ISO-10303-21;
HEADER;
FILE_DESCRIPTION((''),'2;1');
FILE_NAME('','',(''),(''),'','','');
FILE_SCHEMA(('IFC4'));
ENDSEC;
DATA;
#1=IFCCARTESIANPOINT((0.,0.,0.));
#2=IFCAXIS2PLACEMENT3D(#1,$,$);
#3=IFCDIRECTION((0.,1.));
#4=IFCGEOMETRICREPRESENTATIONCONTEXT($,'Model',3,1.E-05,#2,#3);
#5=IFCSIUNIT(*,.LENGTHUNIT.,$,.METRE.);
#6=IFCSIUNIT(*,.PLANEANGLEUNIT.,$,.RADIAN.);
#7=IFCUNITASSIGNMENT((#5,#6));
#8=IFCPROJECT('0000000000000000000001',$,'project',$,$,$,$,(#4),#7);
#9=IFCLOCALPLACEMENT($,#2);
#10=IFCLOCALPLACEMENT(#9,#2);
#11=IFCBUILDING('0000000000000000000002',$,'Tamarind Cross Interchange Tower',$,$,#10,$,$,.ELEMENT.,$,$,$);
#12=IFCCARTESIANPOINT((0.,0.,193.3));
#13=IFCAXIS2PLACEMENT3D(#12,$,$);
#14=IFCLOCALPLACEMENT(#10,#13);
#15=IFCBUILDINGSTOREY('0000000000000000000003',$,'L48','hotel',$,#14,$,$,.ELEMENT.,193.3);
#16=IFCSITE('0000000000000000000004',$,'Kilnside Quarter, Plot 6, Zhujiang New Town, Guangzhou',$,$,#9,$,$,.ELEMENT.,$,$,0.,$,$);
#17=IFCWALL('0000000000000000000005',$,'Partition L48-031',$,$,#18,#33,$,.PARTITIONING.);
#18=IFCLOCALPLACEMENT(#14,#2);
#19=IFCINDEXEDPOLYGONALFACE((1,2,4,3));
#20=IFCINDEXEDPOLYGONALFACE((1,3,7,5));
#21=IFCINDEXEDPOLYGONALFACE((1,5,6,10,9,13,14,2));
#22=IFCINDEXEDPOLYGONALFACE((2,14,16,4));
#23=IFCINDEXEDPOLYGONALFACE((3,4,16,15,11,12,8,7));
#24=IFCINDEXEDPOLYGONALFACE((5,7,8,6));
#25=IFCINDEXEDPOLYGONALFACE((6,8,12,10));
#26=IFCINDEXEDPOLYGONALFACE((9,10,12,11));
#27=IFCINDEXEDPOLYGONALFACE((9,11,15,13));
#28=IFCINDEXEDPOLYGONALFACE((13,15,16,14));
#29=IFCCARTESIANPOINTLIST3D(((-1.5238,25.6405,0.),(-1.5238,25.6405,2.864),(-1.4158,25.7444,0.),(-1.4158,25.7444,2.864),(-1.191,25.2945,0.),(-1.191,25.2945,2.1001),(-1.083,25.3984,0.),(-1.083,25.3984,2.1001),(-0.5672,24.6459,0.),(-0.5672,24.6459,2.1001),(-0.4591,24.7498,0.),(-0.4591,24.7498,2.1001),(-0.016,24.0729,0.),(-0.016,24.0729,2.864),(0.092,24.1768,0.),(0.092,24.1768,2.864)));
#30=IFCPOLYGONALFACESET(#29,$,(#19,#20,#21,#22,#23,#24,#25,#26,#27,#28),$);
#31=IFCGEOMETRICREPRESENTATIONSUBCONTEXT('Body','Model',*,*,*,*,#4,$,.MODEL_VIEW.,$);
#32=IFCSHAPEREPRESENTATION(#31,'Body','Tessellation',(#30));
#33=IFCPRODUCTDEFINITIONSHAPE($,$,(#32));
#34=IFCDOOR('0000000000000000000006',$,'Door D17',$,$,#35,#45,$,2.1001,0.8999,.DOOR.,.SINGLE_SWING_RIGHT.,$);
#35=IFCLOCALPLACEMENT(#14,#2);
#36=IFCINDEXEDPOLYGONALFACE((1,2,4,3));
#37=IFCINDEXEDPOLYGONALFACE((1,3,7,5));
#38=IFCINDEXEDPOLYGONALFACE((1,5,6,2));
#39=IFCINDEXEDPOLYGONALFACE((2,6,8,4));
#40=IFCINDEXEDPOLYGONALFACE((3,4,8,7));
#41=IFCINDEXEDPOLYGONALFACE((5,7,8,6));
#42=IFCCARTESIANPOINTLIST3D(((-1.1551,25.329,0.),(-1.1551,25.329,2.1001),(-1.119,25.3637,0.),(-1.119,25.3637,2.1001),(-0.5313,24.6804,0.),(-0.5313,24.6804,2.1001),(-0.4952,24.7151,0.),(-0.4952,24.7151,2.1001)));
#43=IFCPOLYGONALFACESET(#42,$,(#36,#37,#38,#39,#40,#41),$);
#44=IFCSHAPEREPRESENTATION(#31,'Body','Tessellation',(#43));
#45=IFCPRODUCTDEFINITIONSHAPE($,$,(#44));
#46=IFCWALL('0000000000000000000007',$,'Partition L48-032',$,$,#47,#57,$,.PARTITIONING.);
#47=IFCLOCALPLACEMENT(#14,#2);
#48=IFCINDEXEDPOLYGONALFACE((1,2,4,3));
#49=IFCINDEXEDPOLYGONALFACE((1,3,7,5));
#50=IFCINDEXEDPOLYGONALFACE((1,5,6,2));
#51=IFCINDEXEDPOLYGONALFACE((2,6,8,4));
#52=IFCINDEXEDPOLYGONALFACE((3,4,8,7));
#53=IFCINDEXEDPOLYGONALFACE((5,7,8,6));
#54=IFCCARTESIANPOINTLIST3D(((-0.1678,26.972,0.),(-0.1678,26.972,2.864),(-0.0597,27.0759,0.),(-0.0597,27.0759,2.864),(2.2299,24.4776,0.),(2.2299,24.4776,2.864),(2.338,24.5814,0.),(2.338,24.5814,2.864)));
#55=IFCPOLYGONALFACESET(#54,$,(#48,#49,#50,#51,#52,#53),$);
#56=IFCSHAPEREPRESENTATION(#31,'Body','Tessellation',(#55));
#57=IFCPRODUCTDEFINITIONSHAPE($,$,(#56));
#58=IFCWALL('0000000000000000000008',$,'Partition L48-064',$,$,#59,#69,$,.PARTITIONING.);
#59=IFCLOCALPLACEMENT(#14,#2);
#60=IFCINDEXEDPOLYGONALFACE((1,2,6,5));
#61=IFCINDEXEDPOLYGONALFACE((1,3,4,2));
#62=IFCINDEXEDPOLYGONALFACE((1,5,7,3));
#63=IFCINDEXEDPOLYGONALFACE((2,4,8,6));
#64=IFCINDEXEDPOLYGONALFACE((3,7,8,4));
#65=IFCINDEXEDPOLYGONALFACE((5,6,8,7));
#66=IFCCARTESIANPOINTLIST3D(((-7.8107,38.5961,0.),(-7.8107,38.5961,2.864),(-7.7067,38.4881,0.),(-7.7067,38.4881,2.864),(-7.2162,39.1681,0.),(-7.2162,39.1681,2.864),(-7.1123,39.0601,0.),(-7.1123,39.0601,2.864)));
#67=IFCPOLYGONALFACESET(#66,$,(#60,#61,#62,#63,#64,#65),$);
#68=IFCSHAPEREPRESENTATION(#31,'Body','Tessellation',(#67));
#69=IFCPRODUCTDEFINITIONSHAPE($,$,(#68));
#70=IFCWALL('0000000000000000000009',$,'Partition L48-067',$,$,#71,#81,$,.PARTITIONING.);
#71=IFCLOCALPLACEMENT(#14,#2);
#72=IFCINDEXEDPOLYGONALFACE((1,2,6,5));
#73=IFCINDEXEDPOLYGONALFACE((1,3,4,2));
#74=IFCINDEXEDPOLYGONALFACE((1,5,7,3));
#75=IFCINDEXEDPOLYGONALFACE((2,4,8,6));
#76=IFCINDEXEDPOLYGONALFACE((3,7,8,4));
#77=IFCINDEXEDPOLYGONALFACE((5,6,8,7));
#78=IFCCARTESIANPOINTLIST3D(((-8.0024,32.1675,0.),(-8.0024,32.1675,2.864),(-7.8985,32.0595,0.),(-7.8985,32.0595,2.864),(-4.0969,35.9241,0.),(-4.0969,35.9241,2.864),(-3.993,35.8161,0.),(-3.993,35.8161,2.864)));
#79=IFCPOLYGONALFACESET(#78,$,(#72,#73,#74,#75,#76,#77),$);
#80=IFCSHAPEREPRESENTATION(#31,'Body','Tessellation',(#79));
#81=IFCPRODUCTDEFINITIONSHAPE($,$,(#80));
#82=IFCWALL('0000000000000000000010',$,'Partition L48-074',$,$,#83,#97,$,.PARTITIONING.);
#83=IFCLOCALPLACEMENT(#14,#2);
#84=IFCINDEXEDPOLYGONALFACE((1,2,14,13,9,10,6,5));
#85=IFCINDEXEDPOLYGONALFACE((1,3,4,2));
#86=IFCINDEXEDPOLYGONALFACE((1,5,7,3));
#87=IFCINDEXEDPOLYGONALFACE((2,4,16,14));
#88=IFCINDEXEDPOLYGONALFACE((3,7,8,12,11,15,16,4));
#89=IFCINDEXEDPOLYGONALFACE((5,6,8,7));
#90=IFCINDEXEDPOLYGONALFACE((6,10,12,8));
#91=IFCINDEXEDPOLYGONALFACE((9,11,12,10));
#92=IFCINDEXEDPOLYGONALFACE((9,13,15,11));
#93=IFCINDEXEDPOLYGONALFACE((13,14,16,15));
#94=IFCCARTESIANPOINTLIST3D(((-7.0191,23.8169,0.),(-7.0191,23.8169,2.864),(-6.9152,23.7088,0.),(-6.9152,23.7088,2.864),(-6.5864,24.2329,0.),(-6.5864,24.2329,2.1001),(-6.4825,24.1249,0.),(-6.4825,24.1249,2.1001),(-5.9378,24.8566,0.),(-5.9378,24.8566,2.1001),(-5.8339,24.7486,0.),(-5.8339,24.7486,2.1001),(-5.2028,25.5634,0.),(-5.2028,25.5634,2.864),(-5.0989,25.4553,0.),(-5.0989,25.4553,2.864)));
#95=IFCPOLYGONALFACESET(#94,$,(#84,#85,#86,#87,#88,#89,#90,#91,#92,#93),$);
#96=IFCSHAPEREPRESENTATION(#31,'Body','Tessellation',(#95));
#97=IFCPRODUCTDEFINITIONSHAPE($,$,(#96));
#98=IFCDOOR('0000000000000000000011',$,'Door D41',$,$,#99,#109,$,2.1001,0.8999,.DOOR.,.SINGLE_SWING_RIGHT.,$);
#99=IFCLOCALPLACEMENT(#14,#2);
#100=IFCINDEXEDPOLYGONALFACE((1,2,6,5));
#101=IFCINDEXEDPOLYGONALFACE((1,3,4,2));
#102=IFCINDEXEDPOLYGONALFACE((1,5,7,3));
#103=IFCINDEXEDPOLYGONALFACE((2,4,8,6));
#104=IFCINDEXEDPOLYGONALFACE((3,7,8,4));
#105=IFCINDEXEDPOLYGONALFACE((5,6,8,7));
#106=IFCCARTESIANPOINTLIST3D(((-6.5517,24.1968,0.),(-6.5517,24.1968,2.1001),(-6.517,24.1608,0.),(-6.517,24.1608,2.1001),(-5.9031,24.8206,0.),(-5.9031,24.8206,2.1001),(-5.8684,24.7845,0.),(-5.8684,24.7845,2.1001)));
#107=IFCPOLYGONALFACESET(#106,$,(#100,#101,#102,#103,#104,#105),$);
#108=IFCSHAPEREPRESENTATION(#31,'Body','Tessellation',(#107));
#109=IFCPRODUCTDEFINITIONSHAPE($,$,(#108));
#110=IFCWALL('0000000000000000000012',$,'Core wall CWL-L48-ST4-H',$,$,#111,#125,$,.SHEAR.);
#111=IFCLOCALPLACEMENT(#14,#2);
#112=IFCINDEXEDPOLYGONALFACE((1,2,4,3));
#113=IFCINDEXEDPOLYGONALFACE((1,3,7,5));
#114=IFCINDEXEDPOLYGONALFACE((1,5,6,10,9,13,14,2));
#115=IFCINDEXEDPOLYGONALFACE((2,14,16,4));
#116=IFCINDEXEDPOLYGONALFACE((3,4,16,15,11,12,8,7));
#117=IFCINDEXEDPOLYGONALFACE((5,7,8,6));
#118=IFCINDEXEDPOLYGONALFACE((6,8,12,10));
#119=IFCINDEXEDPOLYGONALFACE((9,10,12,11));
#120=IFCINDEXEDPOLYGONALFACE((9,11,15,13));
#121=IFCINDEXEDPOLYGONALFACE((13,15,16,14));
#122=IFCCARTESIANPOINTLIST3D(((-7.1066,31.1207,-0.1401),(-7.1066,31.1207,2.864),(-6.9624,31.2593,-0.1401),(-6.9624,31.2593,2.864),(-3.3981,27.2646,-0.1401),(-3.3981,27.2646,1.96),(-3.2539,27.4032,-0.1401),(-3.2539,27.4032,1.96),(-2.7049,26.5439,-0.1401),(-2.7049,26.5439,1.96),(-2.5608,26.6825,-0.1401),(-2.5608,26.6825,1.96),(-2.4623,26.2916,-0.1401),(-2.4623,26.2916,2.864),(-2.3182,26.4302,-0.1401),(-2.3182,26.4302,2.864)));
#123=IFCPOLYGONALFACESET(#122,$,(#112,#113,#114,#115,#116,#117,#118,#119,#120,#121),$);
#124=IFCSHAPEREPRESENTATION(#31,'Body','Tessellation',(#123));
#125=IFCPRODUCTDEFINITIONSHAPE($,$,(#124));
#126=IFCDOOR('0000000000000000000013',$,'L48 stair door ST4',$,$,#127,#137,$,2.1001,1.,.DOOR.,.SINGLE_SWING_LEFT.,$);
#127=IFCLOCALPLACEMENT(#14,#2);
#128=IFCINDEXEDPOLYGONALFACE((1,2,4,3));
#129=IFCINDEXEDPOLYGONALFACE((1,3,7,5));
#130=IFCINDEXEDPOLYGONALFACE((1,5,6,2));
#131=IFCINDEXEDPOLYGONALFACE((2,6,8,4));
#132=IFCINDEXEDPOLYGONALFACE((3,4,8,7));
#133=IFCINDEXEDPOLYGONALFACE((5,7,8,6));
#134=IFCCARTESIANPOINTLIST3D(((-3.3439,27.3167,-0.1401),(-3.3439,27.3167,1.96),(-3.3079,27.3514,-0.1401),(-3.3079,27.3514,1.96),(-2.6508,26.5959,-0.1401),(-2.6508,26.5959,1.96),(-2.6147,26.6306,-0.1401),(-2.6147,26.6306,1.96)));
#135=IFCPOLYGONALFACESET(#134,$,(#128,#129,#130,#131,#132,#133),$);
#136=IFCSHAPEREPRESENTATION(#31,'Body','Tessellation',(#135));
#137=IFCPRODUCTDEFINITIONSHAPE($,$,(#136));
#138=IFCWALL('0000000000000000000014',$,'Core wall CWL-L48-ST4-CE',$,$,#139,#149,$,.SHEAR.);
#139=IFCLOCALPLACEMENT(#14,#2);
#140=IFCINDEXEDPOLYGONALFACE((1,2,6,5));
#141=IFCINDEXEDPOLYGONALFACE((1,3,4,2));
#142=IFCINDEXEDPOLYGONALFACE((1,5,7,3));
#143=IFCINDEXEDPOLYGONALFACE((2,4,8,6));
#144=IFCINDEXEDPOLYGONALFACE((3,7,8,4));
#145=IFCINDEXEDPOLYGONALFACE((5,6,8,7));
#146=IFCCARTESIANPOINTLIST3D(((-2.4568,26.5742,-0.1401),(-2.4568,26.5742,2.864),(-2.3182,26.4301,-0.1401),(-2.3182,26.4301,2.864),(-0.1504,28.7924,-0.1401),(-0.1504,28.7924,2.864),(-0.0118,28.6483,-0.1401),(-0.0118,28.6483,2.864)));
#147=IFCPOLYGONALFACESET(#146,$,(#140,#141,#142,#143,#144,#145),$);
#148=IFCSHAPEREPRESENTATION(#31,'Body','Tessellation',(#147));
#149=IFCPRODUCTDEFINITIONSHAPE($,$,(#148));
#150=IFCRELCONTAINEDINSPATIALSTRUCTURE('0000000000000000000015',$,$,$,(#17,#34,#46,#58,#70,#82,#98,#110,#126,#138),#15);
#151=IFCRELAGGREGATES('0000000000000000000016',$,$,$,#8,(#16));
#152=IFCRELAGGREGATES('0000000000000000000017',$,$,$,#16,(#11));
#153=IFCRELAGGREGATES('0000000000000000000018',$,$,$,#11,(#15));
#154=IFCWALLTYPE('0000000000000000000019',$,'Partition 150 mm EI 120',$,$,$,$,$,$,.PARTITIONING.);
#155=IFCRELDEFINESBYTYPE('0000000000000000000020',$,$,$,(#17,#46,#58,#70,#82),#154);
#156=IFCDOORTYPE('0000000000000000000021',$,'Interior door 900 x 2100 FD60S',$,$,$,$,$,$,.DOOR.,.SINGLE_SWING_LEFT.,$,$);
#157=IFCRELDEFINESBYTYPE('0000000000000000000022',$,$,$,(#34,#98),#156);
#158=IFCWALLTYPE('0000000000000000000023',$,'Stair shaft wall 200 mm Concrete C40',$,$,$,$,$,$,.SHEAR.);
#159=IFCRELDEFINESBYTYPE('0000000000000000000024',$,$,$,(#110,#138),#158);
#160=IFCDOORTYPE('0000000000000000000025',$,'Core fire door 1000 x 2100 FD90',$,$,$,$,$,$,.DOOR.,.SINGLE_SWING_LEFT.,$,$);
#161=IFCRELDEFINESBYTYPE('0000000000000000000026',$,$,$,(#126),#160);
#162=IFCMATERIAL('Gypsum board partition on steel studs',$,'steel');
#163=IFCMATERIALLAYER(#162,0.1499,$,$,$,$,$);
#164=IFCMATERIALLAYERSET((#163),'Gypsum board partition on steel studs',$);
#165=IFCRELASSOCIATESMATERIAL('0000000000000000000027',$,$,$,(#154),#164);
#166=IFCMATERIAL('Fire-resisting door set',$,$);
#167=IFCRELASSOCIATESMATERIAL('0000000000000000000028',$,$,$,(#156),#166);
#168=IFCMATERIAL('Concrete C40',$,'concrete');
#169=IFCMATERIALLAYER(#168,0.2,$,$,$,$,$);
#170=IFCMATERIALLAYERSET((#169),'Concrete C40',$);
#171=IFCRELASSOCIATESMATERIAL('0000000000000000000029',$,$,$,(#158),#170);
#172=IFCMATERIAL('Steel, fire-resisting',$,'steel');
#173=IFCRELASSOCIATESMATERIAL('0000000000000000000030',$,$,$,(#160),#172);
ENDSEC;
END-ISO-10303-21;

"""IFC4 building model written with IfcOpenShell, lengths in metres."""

from ifc_helpers import new_model, si_unit, direction, frame, frame_2d, origin, place, context, subcontext, project, spatial, rectangle, extrude, material, layer, layer_set, type_object, element, fill, save


model = new_model("IFC4")

# Units and contexts
model_context = context("Model", 3, precision=1e-05, world=origin(), true_north=direction((0.0, 1.0)))
body_context = subcontext(model_context, "Body", "Model", "MODEL_VIEW")
ifc_project = project(units=[si_unit("LENGTHUNIT", "METRE"), si_unit("PLANEANGLEUNIT", "RADIAN")], contexts=[model_context])

# Site, building, storey
site_placement = place(None, origin())
site = spatial("IfcSite", under=ifc_project, at=site_placement, Name="Kilnside Quarter, Plot 6, Zhujiang New Town, Guangzhou", CompositionType="ELEMENT", RefElevation=0.0)
building_placement = place(site_placement, origin())
building = spatial("IfcBuilding", under=site, at=building_placement, Name="Tamarind Cross Interchange Tower", CompositionType="ELEMENT")
storey_placement = place(building_placement, frame((0.0, 0.0, 193.3)))
storey = spatial("IfcBuildingStorey", under=building, at=storey_placement, Name="L48", Description="hotel", CompositionType="ELEMENT", Elevation=193.3)

# Shared definitions
ifc_material_1 = material(Name="Gypsum board partition on steel studs", Category="steel")
ifc_layer_1 = layer(ifc_material_1, 0.1499)
ifc_layer_set_1 = layer_set([ifc_layer_1], Name="Gypsum board partition on steel studs")
wall_type_1 = type_object("IfcWallType", Name="Partition 150 mm EI 120", PredefinedType="PARTITIONING", material=ifc_layer_set_1)

# Wall, opening, door
wall_1_placement = place(storey_placement, frame((-1.4697, 25.6924, 0.0), z_axis=(0.0, 0.0, 1.0), x_axis=(0.693223, -0.720723, 0.0)))
wall_1 = element("IfcWall", 1, at=wall_1_placement, inside=storey, type_object=wall_type_1, Name="Partition L48-031", PredefinedType="PARTITIONING", context=body_context, shape_type="SweptSolid", body=[
    extrude(rectangle(XDim=2.175, YDim=0.1499, at=frame_2d((1.0874, 0.0))), origin(), (0.0, 0.0, 1.0), 2.864),
])
opening_1_placement = place(wall_1_placement, frame((0.48, 0.0, 0.0)))
opening_1 = element("IfcOpeningElement", 2, at=opening_1_placement, cuts=wall_1, PredefinedType="OPENING", context=body_context, shape_type="SweptSolid", body=[
    extrude(rectangle(XDim=0.8999, YDim=2.1001, at=frame_2d((0.45, 1.05))), frame((0.0, 0.085, 0.0), z_axis=(0.0, -1.0, 0.0), x_axis=(1.0, 0.0, 0.0)), (0.0, 0.0, 1.0), 0.1699),
])
ifc_material_2 = material(Name="Fire-resisting door set")
door_type_1 = type_object("IfcDoorType", Name="Interior door 900 x 2100 FD60S", OperationType="SINGLE_SWING_LEFT", PredefinedType="DOOR", material=ifc_material_2)
door_1_placement = place(opening_1_placement, origin())
door_1 = element("IfcDoor", 3, at=door_1_placement, inside=storey, type_object=door_type_1, Name="Door D17", OperationType="SINGLE_SWING_RIGHT", OverallHeight=2.1001, OverallWidth=0.8999, PredefinedType="DOOR", context=body_context, shape_type="SweptSolid", body=[
    extrude(rectangle(XDim=0.8999, YDim=2.1001, at=frame_2d((0.45, 1.05))), frame((0.0, 0.0249, 0.0), z_axis=(0.0, -1.0, 0.0), x_axis=(1.0, 0.0, 0.0)), (0.0, 0.0, 1.0), 0.05),
])
fill(opening_1, door_1)

# Walls
wall_2_placement = place(storey_placement, frame((-0.1138, 27.0239, 0.0), z_axis=(0.0, 0.0, 1.0), x_axis=(0.692997, -0.72094, 0.0)))
element("IfcWall", 4, at=wall_2_placement, inside=storey, type_object=wall_type_1, Name="Partition L48-032", PredefinedType="PARTITIONING", context=body_context, shape_type="SweptSolid", body=[
    extrude(rectangle(XDim=3.46, YDim=0.1499, at=frame_2d((1.73, 0.0))), origin(), (0.0, 0.0, 1.0), 2.864),
])
wall_3_placement = place(storey_placement, frame((-7.7588, 38.542, 0.0), z_axis=(0.0, 0.0, 1.0), x_axis=(0.720588, 0.693363, 0.0)))
element("IfcWall", 5, at=wall_3_placement, inside=storey, type_object=wall_type_1, Name="Partition L48-064", PredefinedType="PARTITIONING", context=body_context, shape_type="SweptSolid", body=[
    extrude(rectangle(XDim=0.825, YDim=0.1499, at=frame_2d((0.4126, 0.0))), origin(), (0.0, 0.0, 1.0), 2.864),
])
wall_4_placement = place(storey_placement, frame((-7.9504, 32.1135, 0.0), z_axis=(0.0, 0.0, 1.0), x_axis=(0.720714, 0.693232, 0.0)))
element("IfcWall", 6, at=wall_4_placement, inside=storey, type_object=wall_type_1, Name="Partition L48-067", PredefinedType="PARTITIONING", context=body_context, shape_type="SweptSolid", body=[
    extrude(rectangle(XDim=5.4189, YDim=0.1499, at=frame_2d((2.7095, 0.0))), origin(), (0.0, 0.0, 1.0), 2.864),
])

# Walls, openings, doors
wall_5_placement = place(storey_placement, frame((-6.967, 23.7629, 0.0), z_axis=(0.0, 0.0, 1.0), x_axis=(0.720826, 0.693116, 0.0)))
wall_5 = element("IfcWall", 7, at=wall_5_placement, inside=storey, type_object=wall_type_1, Name="Partition L48-074", PredefinedType="PARTITIONING", context=body_context, shape_type="SweptSolid", body=[
    extrude(rectangle(XDim=2.5198, YDim=0.1499, at=frame_2d((1.2598, 0.0))), origin(), (0.0, 0.0, 1.0), 2.864),
])
opening_2_placement = place(wall_5_placement, frame((0.6001, 0.0, 0.0)))
opening_2 = element("IfcOpeningElement", 8, at=opening_2_placement, cuts=wall_5, PredefinedType="OPENING", context=body_context, shape_type="SweptSolid", body=[
    extrude(rectangle(XDim=0.8999, YDim=2.1001, at=frame_2d((0.45, 1.05))), frame((0.0, 0.085, 0.0), z_axis=(0.0, -1.0, 0.0), x_axis=(1.0, 0.0, 0.0)), (0.0, 0.0, 1.0), 0.1699),
])
door_2_placement = place(opening_2_placement, origin())
door_2 = element("IfcDoor", 9, at=door_2_placement, inside=storey, type_object=door_type_1, Name="Door D41", OperationType="SINGLE_SWING_RIGHT", OverallHeight=2.1001, OverallWidth=0.8999, PredefinedType="DOOR", context=body_context, shape_type="SweptSolid", body=[
    extrude(rectangle(XDim=0.8999, YDim=2.1001, at=frame_2d((0.45, 1.05))), frame((0.0, 0.0249, 0.0), z_axis=(0.0, -1.0, 0.0), x_axis=(1.0, 0.0, 0.0)), (0.0, 0.0, 1.0), 0.05),
])
fill(opening_2, door_2)
ifc_material_3 = material(Name="Concrete C40", Category="concrete")
ifc_layer_2 = layer(ifc_material_3, 0.2)
ifc_layer_set_2 = layer_set([ifc_layer_2], Name="Concrete C40")
wall_type_2 = type_object("IfcWallType", Name="Stair shaft wall 200 mm Concrete C40", PredefinedType="SHEAR", material=ifc_layer_set_2)
wall_6_placement = place(storey_placement, frame((-2.3901, 26.3608, -0.1401), z_axis=(0.0, 0.0, 1.0), x_axis=(-0.69318, 0.720764, 0.0)))
wall_6 = element("IfcWall", 10, at=wall_6_placement, inside=storey, type_object=wall_type_2, Name="Core wall CWL-L48-ST4-H", PredefinedType="SHEAR", context=body_context, shape_type="SweptSolid", body=[
    extrude(rectangle(XDim=6.7, YDim=0.2, at=frame_2d((3.3501, 0.0))), origin(), (0.0, 0.0, 1.0), 3.0042),
])
opening_3_placement = place(wall_6_placement, frame((0.3501, 0.0, 0.0)))
opening_3 = element("IfcOpeningElement", 11, at=opening_3_placement, cuts=wall_6, PredefinedType="OPENING", context=body_context, shape_type="SweptSolid", body=[
    extrude(rectangle(XDim=1.0, YDim=2.1001, at=frame_2d((0.5, 1.05))), frame((0.0, 0.1099, 0.0), z_axis=(0.0, -1.0, 0.0), x_axis=(1.0, 0.0, 0.0)), (0.0, 0.0, 1.0), 0.22),
])
ifc_material_4 = material(Name="Steel, fire-resisting", Category="steel")
door_type_2 = type_object("IfcDoorType", Name="Core fire door 1000 x 2100 FD90", OperationType="SINGLE_SWING_LEFT", PredefinedType="DOOR", material=ifc_material_4)
door_3_placement = place(opening_3_placement, origin())
door_3 = element("IfcDoor", 12, at=door_3_placement, inside=storey, type_object=door_type_2, Name="L48 stair door ST4", OperationType="SINGLE_SWING_LEFT", OverallHeight=2.1001, OverallWidth=1.0, PredefinedType="DOOR", context=body_context, shape_type="SweptSolid", body=[
    extrude(rectangle(XDim=1.0, YDim=2.1001, at=frame_2d((0.5, 1.05))), frame((0.0, 0.0249, 0.0), z_axis=(0.0, -1.0, 0.0), x_axis=(1.0, 0.0, 0.0)), (0.0, 0.0, 1.0), 0.05),
])
fill(opening_3, door_3)

# Wall
wall_7_placement = place(storey_placement, frame((-0.0811, 28.7205, -0.1401), z_axis=(0.0, 0.0, 1.0), x_axis=(-0.720744, -0.693202, 0.0)))
element("IfcWall", 13, at=wall_7_placement, inside=storey, type_object=wall_type_2, Name="Core wall CWL-L48-ST4-CE", PredefinedType="SHEAR", context=body_context, shape_type="SweptSolid", body=[
    extrude(rectangle(XDim=3.2, YDim=0.2, at=frame_2d((1.6001, 0.0))), origin(), (0.0, 0.0, 1.0), 3.0042),
])

save(model, "model.ifc")
